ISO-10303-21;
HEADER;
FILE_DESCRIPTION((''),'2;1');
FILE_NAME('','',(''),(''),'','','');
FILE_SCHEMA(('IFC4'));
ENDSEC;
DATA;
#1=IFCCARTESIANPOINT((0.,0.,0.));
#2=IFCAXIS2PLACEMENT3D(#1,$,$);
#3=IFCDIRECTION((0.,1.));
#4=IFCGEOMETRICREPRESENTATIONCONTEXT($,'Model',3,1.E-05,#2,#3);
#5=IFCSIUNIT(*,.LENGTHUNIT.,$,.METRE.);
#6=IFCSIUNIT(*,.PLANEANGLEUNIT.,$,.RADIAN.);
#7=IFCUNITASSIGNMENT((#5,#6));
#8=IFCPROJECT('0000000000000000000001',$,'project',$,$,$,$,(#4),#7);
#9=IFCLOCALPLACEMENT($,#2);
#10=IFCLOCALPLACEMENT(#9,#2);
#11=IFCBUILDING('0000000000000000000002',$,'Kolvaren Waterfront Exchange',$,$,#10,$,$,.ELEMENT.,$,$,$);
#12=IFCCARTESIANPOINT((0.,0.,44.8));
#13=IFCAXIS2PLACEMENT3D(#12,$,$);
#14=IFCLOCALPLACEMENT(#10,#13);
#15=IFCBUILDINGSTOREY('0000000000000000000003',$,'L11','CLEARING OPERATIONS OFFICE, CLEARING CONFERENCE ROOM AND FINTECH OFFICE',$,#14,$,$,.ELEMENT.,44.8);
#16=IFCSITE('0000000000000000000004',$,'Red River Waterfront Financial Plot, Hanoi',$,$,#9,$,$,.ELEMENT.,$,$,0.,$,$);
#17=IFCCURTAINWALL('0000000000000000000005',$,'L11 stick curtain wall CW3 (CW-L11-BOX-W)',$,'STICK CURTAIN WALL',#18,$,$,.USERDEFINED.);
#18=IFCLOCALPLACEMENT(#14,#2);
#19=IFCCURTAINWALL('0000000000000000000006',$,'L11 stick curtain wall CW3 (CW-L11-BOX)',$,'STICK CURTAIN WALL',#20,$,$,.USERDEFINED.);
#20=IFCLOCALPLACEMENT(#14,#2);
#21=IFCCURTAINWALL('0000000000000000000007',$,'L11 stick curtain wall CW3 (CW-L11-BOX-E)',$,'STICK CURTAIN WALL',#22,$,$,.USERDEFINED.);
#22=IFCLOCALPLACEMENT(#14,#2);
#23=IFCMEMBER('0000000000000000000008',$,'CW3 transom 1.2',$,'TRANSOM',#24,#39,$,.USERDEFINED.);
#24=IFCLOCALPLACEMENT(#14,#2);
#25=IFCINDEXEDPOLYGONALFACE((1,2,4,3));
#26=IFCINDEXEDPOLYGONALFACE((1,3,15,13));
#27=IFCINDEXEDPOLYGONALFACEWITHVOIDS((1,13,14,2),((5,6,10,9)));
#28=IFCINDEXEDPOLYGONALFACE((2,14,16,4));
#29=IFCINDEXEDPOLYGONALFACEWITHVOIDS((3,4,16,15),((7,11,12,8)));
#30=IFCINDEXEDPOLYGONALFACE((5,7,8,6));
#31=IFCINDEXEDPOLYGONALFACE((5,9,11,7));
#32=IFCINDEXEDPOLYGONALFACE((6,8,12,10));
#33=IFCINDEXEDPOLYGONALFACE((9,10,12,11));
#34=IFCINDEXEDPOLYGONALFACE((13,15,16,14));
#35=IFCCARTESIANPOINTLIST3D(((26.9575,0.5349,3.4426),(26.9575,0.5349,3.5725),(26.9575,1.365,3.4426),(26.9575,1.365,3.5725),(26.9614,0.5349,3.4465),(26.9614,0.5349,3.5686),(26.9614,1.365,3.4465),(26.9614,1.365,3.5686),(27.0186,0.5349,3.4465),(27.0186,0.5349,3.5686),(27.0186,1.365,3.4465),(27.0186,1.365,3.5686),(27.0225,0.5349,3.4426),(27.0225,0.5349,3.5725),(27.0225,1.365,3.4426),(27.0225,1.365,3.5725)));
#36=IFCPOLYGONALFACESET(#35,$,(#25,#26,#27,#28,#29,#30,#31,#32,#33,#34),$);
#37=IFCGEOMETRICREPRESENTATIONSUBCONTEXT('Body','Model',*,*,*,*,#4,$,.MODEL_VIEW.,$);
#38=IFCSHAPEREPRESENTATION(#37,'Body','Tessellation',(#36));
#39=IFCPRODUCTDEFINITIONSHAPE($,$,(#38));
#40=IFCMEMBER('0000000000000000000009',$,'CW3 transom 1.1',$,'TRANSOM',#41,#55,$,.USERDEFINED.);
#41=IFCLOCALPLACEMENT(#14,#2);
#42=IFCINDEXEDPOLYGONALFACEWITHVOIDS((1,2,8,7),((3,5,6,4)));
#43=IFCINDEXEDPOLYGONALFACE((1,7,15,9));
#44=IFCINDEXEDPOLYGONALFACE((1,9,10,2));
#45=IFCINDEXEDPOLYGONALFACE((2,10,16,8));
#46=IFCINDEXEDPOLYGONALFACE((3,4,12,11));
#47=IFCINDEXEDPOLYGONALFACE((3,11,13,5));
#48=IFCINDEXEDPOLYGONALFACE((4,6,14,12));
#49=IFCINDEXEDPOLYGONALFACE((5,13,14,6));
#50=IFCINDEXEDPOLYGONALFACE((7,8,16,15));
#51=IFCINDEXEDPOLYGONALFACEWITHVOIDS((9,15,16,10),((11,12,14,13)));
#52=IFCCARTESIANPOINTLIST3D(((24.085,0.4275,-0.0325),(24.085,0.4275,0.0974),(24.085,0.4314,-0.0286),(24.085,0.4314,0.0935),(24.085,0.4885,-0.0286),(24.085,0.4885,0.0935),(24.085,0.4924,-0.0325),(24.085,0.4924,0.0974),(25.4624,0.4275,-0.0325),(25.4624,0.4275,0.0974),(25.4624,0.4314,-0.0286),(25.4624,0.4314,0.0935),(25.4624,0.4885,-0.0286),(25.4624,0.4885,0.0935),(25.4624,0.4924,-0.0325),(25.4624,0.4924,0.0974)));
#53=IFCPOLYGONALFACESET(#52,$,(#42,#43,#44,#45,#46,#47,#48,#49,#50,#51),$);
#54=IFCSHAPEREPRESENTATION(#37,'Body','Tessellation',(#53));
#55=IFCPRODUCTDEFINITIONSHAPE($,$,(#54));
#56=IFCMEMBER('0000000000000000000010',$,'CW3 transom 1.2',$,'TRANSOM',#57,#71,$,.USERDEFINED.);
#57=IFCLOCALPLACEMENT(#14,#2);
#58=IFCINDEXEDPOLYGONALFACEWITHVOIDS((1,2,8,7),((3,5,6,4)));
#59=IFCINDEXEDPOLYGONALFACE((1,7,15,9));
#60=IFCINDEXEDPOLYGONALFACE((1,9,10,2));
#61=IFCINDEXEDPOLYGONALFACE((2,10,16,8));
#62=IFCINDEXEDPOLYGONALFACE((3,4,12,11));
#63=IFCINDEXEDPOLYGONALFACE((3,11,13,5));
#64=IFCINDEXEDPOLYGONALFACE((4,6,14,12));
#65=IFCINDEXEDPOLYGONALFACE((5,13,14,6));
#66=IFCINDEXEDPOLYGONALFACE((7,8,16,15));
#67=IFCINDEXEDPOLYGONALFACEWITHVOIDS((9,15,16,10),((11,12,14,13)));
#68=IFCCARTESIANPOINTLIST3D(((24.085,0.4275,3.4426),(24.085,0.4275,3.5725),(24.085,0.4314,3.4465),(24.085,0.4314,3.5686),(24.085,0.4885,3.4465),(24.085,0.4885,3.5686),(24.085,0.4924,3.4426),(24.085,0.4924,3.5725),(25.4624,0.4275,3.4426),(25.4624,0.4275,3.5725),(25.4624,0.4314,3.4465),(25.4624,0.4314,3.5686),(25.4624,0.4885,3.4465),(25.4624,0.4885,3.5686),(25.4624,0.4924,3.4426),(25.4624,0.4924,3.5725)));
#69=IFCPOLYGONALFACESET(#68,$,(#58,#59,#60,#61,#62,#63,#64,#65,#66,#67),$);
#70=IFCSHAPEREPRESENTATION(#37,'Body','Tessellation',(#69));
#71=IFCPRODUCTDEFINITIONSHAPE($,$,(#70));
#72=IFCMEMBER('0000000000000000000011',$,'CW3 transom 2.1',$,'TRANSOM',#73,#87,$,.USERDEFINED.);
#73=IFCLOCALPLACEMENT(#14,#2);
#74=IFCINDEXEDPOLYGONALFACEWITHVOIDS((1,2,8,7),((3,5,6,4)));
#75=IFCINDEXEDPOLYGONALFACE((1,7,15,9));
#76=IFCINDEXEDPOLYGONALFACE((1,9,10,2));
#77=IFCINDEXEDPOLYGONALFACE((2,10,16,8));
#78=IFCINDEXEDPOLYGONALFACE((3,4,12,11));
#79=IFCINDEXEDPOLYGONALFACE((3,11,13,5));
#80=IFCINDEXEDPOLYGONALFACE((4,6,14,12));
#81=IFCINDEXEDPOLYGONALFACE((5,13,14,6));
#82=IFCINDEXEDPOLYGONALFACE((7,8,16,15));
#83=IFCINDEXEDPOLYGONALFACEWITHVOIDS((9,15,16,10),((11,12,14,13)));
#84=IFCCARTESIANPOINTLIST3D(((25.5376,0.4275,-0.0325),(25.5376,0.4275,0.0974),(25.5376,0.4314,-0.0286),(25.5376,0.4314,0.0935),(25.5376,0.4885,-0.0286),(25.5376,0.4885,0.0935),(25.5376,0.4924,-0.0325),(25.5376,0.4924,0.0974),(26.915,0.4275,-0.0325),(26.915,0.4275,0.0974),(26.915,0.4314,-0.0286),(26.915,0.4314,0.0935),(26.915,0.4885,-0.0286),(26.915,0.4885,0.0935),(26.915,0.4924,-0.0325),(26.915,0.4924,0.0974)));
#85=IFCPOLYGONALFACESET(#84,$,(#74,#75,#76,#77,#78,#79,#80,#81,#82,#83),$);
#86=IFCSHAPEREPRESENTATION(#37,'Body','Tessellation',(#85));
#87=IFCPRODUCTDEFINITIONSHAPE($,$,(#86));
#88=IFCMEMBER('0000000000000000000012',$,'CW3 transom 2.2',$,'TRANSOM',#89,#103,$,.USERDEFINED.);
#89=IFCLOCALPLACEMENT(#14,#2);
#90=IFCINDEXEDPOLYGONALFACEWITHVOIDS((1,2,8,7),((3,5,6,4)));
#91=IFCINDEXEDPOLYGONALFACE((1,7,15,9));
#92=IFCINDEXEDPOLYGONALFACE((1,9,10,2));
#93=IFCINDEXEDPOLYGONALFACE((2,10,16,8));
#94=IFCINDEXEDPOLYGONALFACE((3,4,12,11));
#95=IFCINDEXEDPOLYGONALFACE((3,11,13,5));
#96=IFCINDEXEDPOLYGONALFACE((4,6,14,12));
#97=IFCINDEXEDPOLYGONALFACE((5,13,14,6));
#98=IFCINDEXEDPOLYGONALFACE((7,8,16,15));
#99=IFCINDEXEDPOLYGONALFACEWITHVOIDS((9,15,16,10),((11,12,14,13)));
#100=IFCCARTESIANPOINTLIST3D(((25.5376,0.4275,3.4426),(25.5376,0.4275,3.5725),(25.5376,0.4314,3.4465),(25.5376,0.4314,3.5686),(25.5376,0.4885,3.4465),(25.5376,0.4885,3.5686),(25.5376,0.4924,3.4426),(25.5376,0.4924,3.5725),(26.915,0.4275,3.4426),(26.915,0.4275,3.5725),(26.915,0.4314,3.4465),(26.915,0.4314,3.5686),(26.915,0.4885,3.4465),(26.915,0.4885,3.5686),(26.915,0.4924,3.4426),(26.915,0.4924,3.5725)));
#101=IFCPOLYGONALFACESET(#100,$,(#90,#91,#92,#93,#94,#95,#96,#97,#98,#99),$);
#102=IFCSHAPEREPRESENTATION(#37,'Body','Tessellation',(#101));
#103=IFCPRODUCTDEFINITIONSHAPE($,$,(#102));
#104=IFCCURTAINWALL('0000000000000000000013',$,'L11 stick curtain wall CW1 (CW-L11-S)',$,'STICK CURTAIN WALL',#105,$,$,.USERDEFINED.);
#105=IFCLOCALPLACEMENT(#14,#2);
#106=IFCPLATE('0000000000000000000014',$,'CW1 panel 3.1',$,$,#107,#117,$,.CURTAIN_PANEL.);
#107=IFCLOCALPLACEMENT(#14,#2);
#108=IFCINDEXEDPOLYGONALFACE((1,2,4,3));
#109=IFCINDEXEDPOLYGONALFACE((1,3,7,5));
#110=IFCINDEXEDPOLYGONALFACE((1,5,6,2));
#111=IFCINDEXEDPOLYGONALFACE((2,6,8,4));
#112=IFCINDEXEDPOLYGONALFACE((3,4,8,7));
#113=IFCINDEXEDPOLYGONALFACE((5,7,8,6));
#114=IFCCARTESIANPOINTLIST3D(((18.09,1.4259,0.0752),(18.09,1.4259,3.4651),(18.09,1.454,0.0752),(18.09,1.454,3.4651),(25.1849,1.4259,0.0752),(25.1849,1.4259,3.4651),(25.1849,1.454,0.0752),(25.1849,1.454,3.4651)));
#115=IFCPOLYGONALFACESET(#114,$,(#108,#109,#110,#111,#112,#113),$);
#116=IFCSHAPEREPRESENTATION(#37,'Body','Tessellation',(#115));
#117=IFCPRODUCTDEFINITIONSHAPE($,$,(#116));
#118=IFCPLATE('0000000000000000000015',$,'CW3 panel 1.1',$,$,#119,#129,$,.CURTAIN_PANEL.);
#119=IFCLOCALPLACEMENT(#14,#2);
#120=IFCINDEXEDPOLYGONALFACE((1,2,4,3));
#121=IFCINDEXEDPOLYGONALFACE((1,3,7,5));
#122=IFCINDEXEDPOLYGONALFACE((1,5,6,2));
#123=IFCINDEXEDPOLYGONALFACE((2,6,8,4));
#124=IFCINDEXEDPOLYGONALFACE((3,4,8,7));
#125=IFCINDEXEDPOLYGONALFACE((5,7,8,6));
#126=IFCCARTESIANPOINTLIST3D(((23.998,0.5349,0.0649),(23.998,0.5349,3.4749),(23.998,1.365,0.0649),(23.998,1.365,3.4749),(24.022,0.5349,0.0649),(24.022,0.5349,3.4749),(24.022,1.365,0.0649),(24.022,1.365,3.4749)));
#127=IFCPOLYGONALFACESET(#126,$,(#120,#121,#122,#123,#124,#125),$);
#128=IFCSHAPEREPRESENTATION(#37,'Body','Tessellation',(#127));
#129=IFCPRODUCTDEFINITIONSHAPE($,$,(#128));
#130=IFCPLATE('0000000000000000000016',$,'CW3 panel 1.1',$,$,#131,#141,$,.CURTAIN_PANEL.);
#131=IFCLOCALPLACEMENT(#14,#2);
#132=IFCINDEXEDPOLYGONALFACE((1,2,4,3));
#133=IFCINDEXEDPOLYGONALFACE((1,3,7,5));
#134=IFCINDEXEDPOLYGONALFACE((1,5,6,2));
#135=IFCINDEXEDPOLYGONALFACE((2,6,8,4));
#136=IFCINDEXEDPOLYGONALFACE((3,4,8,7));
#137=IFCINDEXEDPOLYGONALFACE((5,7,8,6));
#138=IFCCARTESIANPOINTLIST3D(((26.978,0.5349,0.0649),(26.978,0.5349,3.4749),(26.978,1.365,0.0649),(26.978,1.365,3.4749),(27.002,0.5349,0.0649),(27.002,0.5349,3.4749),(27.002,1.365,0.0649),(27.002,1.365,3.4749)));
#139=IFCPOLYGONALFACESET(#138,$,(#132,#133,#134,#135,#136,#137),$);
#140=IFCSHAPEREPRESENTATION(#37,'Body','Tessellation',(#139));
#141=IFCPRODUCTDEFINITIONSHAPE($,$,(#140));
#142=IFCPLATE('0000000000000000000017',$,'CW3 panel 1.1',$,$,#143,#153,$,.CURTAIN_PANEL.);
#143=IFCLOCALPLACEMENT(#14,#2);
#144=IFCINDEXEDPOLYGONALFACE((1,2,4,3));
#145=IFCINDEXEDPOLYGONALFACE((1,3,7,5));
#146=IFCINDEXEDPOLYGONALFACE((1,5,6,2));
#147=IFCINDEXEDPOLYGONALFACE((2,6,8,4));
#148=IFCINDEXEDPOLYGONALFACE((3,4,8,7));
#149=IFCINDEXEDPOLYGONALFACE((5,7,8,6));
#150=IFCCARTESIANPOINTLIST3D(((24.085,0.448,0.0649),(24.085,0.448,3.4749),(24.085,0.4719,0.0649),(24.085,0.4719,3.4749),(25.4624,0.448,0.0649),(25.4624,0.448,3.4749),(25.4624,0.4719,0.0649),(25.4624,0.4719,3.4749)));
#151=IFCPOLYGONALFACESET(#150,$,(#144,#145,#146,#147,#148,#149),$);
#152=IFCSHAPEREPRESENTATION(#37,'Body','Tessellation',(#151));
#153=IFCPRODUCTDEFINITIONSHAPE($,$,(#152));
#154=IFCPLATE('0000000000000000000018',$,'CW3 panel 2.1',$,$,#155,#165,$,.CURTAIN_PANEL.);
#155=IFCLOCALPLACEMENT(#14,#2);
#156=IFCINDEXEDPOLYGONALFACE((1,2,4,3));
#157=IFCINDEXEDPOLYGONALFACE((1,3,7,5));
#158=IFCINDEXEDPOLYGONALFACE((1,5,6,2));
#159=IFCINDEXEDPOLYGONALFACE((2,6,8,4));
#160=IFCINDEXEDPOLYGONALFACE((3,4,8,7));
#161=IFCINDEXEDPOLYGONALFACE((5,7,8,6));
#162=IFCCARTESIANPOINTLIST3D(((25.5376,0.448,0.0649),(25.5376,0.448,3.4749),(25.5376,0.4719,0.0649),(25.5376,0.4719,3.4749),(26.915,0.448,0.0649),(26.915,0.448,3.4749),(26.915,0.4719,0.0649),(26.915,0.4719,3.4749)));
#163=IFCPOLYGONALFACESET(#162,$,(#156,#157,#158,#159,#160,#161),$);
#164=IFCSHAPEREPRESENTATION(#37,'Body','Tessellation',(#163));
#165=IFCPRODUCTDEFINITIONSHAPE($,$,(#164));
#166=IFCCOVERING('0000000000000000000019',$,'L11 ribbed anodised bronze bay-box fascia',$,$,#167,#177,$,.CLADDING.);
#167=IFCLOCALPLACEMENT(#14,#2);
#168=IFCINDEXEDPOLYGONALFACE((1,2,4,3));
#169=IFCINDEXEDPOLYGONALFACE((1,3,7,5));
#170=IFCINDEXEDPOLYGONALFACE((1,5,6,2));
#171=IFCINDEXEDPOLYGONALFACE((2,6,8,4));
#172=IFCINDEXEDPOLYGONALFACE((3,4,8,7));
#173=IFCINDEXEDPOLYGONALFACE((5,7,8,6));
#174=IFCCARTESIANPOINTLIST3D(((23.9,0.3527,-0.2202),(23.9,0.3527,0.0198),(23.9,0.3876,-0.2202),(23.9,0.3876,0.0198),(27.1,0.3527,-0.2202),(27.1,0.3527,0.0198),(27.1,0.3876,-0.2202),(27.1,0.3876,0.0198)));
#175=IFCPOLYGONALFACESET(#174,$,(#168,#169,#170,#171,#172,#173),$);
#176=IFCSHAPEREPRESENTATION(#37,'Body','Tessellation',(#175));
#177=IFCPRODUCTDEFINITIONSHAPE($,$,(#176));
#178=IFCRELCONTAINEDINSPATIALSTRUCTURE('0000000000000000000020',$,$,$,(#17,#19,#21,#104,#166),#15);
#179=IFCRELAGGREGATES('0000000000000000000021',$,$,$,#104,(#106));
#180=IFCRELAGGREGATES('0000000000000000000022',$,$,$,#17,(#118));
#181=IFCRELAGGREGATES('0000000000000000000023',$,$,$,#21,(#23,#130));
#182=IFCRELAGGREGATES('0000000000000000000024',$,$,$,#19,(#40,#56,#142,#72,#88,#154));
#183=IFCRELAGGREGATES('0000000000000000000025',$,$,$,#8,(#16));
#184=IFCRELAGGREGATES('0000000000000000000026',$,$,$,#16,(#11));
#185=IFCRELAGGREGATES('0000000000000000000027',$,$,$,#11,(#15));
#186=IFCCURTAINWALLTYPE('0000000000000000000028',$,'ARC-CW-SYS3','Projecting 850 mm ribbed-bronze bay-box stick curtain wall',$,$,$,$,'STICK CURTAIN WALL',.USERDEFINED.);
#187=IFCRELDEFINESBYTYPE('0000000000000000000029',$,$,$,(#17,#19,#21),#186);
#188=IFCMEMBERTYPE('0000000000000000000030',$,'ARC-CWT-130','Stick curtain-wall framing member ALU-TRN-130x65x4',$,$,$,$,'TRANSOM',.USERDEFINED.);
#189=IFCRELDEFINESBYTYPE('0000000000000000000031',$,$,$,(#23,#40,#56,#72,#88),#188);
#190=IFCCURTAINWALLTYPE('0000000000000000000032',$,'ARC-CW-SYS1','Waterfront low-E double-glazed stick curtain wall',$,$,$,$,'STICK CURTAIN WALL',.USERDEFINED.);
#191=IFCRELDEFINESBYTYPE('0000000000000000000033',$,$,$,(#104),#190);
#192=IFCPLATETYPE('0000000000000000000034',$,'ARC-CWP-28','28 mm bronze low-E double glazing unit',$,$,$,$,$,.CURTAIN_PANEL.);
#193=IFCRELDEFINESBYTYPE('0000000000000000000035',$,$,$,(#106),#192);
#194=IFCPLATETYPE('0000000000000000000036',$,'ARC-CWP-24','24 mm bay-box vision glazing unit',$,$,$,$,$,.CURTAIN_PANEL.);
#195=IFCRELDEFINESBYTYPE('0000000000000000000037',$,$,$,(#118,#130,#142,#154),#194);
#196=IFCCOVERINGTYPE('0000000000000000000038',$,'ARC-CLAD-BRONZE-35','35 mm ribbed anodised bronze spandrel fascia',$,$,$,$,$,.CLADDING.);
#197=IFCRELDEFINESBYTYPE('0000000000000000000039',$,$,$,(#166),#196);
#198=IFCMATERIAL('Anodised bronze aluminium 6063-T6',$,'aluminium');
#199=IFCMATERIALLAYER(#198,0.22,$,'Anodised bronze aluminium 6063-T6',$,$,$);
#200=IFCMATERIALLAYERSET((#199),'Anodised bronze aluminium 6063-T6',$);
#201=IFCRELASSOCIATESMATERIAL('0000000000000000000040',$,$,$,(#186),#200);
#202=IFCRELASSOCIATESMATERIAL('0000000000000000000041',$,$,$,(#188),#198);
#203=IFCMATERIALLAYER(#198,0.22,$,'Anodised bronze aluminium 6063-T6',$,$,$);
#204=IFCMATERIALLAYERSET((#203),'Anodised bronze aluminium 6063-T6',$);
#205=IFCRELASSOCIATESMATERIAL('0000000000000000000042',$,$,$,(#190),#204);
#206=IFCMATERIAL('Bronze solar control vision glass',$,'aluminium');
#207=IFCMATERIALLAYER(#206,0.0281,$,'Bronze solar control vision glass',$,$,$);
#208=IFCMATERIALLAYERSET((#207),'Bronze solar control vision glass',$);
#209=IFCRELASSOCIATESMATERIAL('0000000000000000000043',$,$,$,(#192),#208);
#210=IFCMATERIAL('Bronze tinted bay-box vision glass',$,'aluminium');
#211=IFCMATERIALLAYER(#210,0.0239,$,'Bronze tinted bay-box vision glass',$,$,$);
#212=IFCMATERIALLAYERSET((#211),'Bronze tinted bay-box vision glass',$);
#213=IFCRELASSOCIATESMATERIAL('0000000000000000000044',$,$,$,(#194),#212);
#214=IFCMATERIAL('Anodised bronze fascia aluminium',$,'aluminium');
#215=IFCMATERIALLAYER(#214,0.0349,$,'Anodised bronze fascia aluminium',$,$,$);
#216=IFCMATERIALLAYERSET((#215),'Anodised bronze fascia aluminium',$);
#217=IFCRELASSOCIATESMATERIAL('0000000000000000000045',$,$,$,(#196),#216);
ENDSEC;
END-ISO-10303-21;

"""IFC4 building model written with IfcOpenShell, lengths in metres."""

from ifc_helpers import new_model, si_unit, direction, frame, origin, origin_with_axes, origin_2d, place, context, subcontext, project, spatial, rectangle, hollow_rectangle, extrude, source, transform, mapped, material, layer, layer_set, material_profile, profile_set, type_object, element, aggregate, save


model = new_model("IFC4")

# Units and contexts
model_context = context("Model", 3, precision=1e-05, world=origin(), true_north=direction((0.0, 1.0)))
body_context = subcontext(model_context, "Body", "Model", "MODEL_VIEW")
ifc_project = project(units=[si_unit("LENGTHUNIT", "METRE"), si_unit("PLANEANGLEUNIT", "RADIAN")], contexts=[model_context])

# Site, building, storey
site_placement = place(None, origin())
site = spatial("IfcSite", under=ifc_project, at=site_placement, Name="Red River Waterfront Financial Plot, Hanoi", CompositionType="ELEMENT", RefElevation=0.0)
building_placement = place(site_placement, origin())
building = spatial("IfcBuilding", under=site, at=building_placement, Name="Kolvaren Waterfront Exchange", CompositionType="ELEMENT")
storey_placement = place(building_placement, frame((0.0, 0.0, 44.8)))
storey = spatial("IfcBuildingStorey", under=building, at=storey_placement, Name="L11", Description="CLEARING OPERATIONS OFFICE, CLEARING CONFERENCE ROOM AND FINTECH OFFICE", CompositionType="ELEMENT", Elevation=44.8)

# Curtain walls
ifc_material_1 = material(Name="Anodised bronze aluminium 6063-T6", Category="aluminium")
ifc_layer_1 = layer(ifc_material_1, 0.22, Name="Anodised bronze aluminium 6063-T6")
ifc_layer_set_1 = layer_set([ifc_layer_1], Name="Anodised bronze aluminium 6063-T6")
curtain_wall_type_1 = type_object("IfcCurtainWallType", Name="ARC-CW-SYS3", Description="Projecting 850 mm ribbed-bronze bay-box stick curtain wall", ElementType="STICK CURTAIN WALL", PredefinedType="USERDEFINED", material=ifc_layer_set_1)
curtain_wall_1_placement = place(storey_placement, origin())
curtain_wall_1 = element("IfcCurtainWall", 1, at=curtain_wall_1_placement, inside=storey, type_object=curtain_wall_type_1, Name="L11 stick curtain wall CW3 (CW-L11-BOX-W)", ObjectType="STICK CURTAIN WALL", PredefinedType="USERDEFINED")
curtain_wall_2_placement = place(storey_placement, origin())
curtain_wall_2 = element("IfcCurtainWall", 2, at=curtain_wall_2_placement, inside=storey, type_object=curtain_wall_type_1, Name="L11 stick curtain wall CW3 (CW-L11-BOX)", ObjectType="STICK CURTAIN WALL", PredefinedType="USERDEFINED")
curtain_wall_3_placement = place(storey_placement, origin())
curtain_wall_3 = element("IfcCurtainWall", 3, at=curtain_wall_3_placement, inside=storey, type_object=curtain_wall_type_1, Name="L11 stick curtain wall CW3 (CW-L11-BOX-E)", ObjectType="STICK CURTAIN WALL", PredefinedType="USERDEFINED")

# Members
ifc_material_profile_1 = material_profile(ifc_material_1, hollow_rectangle(XDim=0.0649, YDim=0.1299, WallThickness=0.0039, at=origin_2d()), Name="ALU-TRN-130x65x4")
ifc_profile_set_1 = profile_set([ifc_material_profile_1], Name="Anodised bronze aluminium 6063-T6")
member_type_1 = type_object("IfcMemberType", Name="ARC-CWT-130", Description="Stick curtain-wall framing member ALU-TRN-130x65x4", ElementType="TRANSOM", PredefinedType="USERDEFINED", material=ifc_profile_set_1)
shared_shape_1 = source(origin_with_axes(), body_context, "Body", "SweptSolid", [
    extrude(hollow_rectangle(XDim=0.0649, YDim=0.1299, WallThickness=0.0039, at=origin_2d()), origin(), (0.0, 0.0, 1.0), 0.8301),
])
member_1_placement = place(storey_placement, frame((26.99, 0.5349, 3.5076), z_axis=(0.0, 1.0, 0.0), x_axis=(-1.0, 0.0, 0.0)))
member_1 = element("IfcMember", 4, at=member_1_placement, type_object=member_type_1, Name="CW3 transom 1.2", ObjectType="TRANSOM", PredefinedType="USERDEFINED", context=body_context, shape_type="MappedRepresentation", body=[
    mapped(shared_shape_1, transform((0.0, 0.0, 0.0), x_axis=(1.0, 0.0, 0.0), y_axis=(0.0, 1.0, 0.0), z_axis=(0.0, 0.0, 1.0), scale=1.0)),
])
shared_shape_2 = source(origin_with_axes(), body_context, "Body", "SweptSolid", [
    extrude(hollow_rectangle(XDim=0.0649, YDim=0.1299, WallThickness=0.0039, at=origin_2d()), origin(), (0.0, 0.0, 1.0), 1.3774),
])
member_2_placement = place(storey_placement, frame((24.085, 0.46, 0.0325), z_axis=(1.0, 0.0, 0.0), x_axis=(0.0, 1.0, 0.0)))
member_2 = element("IfcMember", 5, at=member_2_placement, type_object=member_type_1, Name="CW3 transom 1.1", ObjectType="TRANSOM", PredefinedType="USERDEFINED", context=body_context, shape_type="MappedRepresentation", body=[
    mapped(shared_shape_2, transform((0.0, 0.0, 0.0), x_axis=(1.0, 0.0, 0.0), y_axis=(0.0, 1.0, 0.0), z_axis=(0.0, 0.0, 1.0), scale=1.0)),
])
member_3_placement = place(storey_placement, frame((24.085, 0.46, 3.5076), z_axis=(1.0, 0.0, 0.0), x_axis=(0.0, 1.0, 0.0)))
member_3 = element("IfcMember", 6, at=member_3_placement, type_object=member_type_1, Name="CW3 transom 1.2", ObjectType="TRANSOM", PredefinedType="USERDEFINED", context=body_context, shape_type="MappedRepresentation", body=[
    mapped(shared_shape_2, transform((0.0, 0.0, 0.0), x_axis=(1.0, 0.0, 0.0), y_axis=(0.0, 1.0, 0.0), z_axis=(0.0, 0.0, 1.0), scale=1.0)),
])
member_4_placement = place(storey_placement, frame((25.5376, 0.46, 0.0325), z_axis=(1.0, 0.0, 0.0), x_axis=(0.0, 1.0, 0.0)))
member_4 = element("IfcMember", 7, at=member_4_placement, type_object=member_type_1, Name="CW3 transom 2.1", ObjectType="TRANSOM", PredefinedType="USERDEFINED", context=body_context, shape_type="MappedRepresentation", body=[
    mapped(shared_shape_2, transform((0.0, 0.0, 0.0), x_axis=(1.0, 0.0, 0.0), y_axis=(0.0, 1.0, 0.0), z_axis=(0.0, 0.0, 1.0), scale=1.0)),
])
member_5_placement = place(storey_placement, frame((25.5376, 0.46, 3.5076), z_axis=(1.0, 0.0, 0.0), x_axis=(0.0, 1.0, 0.0)))
member_5 = element("IfcMember", 8, at=member_5_placement, type_object=member_type_1, Name="CW3 transom 2.2", ObjectType="TRANSOM", PredefinedType="USERDEFINED", context=body_context, shape_type="MappedRepresentation", body=[
    mapped(shared_shape_2, transform((0.0, 0.0, 0.0), x_axis=(1.0, 0.0, 0.0), y_axis=(0.0, 1.0, 0.0), z_axis=(0.0, 0.0, 1.0), scale=1.0)),
])

# Curtain wall, plate
ifc_layer_2 = layer(ifc_material_1, 0.22, Name="Anodised bronze aluminium 6063-T6")
ifc_layer_set_2 = layer_set([ifc_layer_2], Name="Anodised bronze aluminium 6063-T6")
curtain_wall_type_2 = type_object("IfcCurtainWallType", Name="ARC-CW-SYS1", Description="Waterfront low-E double-glazed stick curtain wall", ElementType="STICK CURTAIN WALL", PredefinedType="USERDEFINED", material=ifc_layer_set_2)
curtain_wall_4_placement = place(storey_placement, origin())
curtain_wall_4 = element("IfcCurtainWall", 9, at=curtain_wall_4_placement, inside=storey, type_object=curtain_wall_type_2, Name="L11 stick curtain wall CW1 (CW-L11-S)", ObjectType="STICK CURTAIN WALL", PredefinedType="USERDEFINED")
ifc_material_2 = material(Name="Bronze solar control vision glass", Category="aluminium")
ifc_layer_3 = layer(ifc_material_2, 0.0281, Name="Bronze solar control vision glass")
ifc_layer_set_3 = layer_set([ifc_layer_3], Name="Bronze solar control vision glass")
plate_type_1 = type_object("IfcPlateType", Name="ARC-CWP-28", Description="28 mm bronze low-E double glazing unit", PredefinedType="CURTAIN_PANEL", material=ifc_layer_set_3)
shared_shape_3 = source(origin_with_axes(), body_context, "Body", "SweptSolid", [
    extrude(rectangle(XDim=7.095, YDim=0.0281, at=origin_2d()), origin(), (0.0, 0.0, 1.0), 3.3899),
])
plate_1_placement = place(storey_placement, frame((21.6375, 1.4399, 0.0752), z_axis=(0.0, 0.0, 1.0), x_axis=(1.0, 0.0, 0.0)))
plate_1 = element("IfcPlate", 10, at=plate_1_placement, type_object=plate_type_1, Name="CW1 panel 3.1", PredefinedType="CURTAIN_PANEL", context=body_context, shape_type="MappedRepresentation", body=[
    mapped(shared_shape_3, transform((0.0, 0.0, 0.0), x_axis=(1.0, 0.0, 0.0), y_axis=(0.0, 1.0, 0.0), z_axis=(0.0, 0.0, 1.0), scale=1.0)),
])
aggregate(curtain_wall_4, [plate_1])

# Plates
ifc_material_3 = material(Name="Bronze tinted bay-box vision glass", Category="aluminium")
ifc_layer_4 = layer(ifc_material_3, 0.0239, Name="Bronze tinted bay-box vision glass")
ifc_layer_set_4 = layer_set([ifc_layer_4], Name="Bronze tinted bay-box vision glass")
plate_type_2 = type_object("IfcPlateType", Name="ARC-CWP-24", Description="24 mm bay-box vision glazing unit", PredefinedType="CURTAIN_PANEL", material=ifc_layer_set_4)
shared_shape_4 = source(origin_with_axes(), body_context, "Body", "SweptSolid", [
    extrude(rectangle(XDim=0.8301, YDim=0.0239, at=origin_2d()), origin(), (0.0, 0.0, 1.0), 3.4099),
])
plate_2_placement = place(storey_placement, frame((24.01, 0.95, 0.0649), z_axis=(0.0, 0.0, 1.0), x_axis=(0.0, -1.0, 0.0)))
plate_2 = element("IfcPlate", 11, at=plate_2_placement, type_object=plate_type_2, Name="CW3 panel 1.1", PredefinedType="CURTAIN_PANEL", context=body_context, shape_type="MappedRepresentation", body=[
    mapped(shared_shape_4, transform((0.0, 0.0, 0.0), x_axis=(1.0, 0.0, 0.0), y_axis=(0.0, 1.0, 0.0), z_axis=(0.0, 0.0, 1.0), scale=1.0)),
])
aggregate(curtain_wall_1, [plate_2])
plate_3_placement = place(storey_placement, frame((26.99, 0.95, 0.0649), z_axis=(0.0, 0.0, 1.0), x_axis=(0.0, 1.0, 0.0)))
plate_3 = element("IfcPlate", 12, at=plate_3_placement, type_object=plate_type_2, Name="CW3 panel 1.1", PredefinedType="CURTAIN_PANEL", context=body_context, shape_type="MappedRepresentation", body=[
    mapped(shared_shape_4, transform((0.0, 0.0, 0.0), x_axis=(1.0, 0.0, 0.0), y_axis=(0.0, 1.0, 0.0), z_axis=(0.0, 0.0, 1.0), scale=1.0)),
])
aggregate(curtain_wall_3, [member_1, plate_3])
shared_shape_5 = source(origin_with_axes(), body_context, "Body", "SweptSolid", [
    extrude(rectangle(XDim=1.3774, YDim=0.0239, at=origin_2d()), origin(), (0.0, 0.0, 1.0), 3.4099),
])
plate_4_placement = place(storey_placement, frame((24.7737, 0.46, 0.0649), z_axis=(0.0, 0.0, 1.0), x_axis=(1.0, 0.0, 0.0)))
plate_4 = element("IfcPlate", 13, at=plate_4_placement, type_object=plate_type_2, Name="CW3 panel 1.1", PredefinedType="CURTAIN_PANEL", context=body_context, shape_type="MappedRepresentation", body=[
    mapped(shared_shape_5, transform((0.0, 0.0, 0.0), x_axis=(1.0, 0.0, 0.0), y_axis=(0.0, 1.0, 0.0), z_axis=(0.0, 0.0, 1.0), scale=1.0)),
])
plate_5_placement = place(storey_placement, frame((26.2263, 0.46, 0.0649), z_axis=(0.0, 0.0, 1.0), x_axis=(1.0, 0.0, 0.0)))
plate_5 = element("IfcPlate", 14, at=plate_5_placement, type_object=plate_type_2, Name="CW3 panel 2.1", PredefinedType="CURTAIN_PANEL", context=body_context, shape_type="MappedRepresentation", body=[
    mapped(shared_shape_5, transform((0.0, 0.0, 0.0), x_axis=(1.0, 0.0, 0.0), y_axis=(0.0, 1.0, 0.0), z_axis=(0.0, 0.0, 1.0), scale=1.0)),
])
aggregate(curtain_wall_2, [member_2, member_3, plate_4, member_4, member_5, plate_5])

# Covering
ifc_material_4 = material(Name="Anodised bronze fascia aluminium", Category="aluminium")
ifc_layer_5 = layer(ifc_material_4, 0.0349, Name="Anodised bronze fascia aluminium")
ifc_layer_set_5 = layer_set([ifc_layer_5], Name="Anodised bronze fascia aluminium")
covering_type = type_object("IfcCoveringType", Name="ARC-CLAD-BRONZE-35", Description="35 mm ribbed anodised bronze spandrel fascia", PredefinedType="CLADDING", material=ifc_layer_set_5)
covering_placement = place(storey_placement, frame((25.5, 0.3701, -0.2202), z_axis=(0.0, 0.0, 1.0), x_axis=(1.0, 0.0, 0.0)))
element("IfcCovering", 15, at=covering_placement, inside=storey, type_object=covering_type, Name="L11 ribbed anodised bronze bay-box fascia", PredefinedType="CLADDING", context=body_context, shape_type="SweptSolid", body=[
    extrude(rectangle(XDim=3.2, YDim=0.0349, at=origin_2d()), origin(), (0.0, 0.0, 1.0), 0.24),
])

save(model, "model.ifc")
